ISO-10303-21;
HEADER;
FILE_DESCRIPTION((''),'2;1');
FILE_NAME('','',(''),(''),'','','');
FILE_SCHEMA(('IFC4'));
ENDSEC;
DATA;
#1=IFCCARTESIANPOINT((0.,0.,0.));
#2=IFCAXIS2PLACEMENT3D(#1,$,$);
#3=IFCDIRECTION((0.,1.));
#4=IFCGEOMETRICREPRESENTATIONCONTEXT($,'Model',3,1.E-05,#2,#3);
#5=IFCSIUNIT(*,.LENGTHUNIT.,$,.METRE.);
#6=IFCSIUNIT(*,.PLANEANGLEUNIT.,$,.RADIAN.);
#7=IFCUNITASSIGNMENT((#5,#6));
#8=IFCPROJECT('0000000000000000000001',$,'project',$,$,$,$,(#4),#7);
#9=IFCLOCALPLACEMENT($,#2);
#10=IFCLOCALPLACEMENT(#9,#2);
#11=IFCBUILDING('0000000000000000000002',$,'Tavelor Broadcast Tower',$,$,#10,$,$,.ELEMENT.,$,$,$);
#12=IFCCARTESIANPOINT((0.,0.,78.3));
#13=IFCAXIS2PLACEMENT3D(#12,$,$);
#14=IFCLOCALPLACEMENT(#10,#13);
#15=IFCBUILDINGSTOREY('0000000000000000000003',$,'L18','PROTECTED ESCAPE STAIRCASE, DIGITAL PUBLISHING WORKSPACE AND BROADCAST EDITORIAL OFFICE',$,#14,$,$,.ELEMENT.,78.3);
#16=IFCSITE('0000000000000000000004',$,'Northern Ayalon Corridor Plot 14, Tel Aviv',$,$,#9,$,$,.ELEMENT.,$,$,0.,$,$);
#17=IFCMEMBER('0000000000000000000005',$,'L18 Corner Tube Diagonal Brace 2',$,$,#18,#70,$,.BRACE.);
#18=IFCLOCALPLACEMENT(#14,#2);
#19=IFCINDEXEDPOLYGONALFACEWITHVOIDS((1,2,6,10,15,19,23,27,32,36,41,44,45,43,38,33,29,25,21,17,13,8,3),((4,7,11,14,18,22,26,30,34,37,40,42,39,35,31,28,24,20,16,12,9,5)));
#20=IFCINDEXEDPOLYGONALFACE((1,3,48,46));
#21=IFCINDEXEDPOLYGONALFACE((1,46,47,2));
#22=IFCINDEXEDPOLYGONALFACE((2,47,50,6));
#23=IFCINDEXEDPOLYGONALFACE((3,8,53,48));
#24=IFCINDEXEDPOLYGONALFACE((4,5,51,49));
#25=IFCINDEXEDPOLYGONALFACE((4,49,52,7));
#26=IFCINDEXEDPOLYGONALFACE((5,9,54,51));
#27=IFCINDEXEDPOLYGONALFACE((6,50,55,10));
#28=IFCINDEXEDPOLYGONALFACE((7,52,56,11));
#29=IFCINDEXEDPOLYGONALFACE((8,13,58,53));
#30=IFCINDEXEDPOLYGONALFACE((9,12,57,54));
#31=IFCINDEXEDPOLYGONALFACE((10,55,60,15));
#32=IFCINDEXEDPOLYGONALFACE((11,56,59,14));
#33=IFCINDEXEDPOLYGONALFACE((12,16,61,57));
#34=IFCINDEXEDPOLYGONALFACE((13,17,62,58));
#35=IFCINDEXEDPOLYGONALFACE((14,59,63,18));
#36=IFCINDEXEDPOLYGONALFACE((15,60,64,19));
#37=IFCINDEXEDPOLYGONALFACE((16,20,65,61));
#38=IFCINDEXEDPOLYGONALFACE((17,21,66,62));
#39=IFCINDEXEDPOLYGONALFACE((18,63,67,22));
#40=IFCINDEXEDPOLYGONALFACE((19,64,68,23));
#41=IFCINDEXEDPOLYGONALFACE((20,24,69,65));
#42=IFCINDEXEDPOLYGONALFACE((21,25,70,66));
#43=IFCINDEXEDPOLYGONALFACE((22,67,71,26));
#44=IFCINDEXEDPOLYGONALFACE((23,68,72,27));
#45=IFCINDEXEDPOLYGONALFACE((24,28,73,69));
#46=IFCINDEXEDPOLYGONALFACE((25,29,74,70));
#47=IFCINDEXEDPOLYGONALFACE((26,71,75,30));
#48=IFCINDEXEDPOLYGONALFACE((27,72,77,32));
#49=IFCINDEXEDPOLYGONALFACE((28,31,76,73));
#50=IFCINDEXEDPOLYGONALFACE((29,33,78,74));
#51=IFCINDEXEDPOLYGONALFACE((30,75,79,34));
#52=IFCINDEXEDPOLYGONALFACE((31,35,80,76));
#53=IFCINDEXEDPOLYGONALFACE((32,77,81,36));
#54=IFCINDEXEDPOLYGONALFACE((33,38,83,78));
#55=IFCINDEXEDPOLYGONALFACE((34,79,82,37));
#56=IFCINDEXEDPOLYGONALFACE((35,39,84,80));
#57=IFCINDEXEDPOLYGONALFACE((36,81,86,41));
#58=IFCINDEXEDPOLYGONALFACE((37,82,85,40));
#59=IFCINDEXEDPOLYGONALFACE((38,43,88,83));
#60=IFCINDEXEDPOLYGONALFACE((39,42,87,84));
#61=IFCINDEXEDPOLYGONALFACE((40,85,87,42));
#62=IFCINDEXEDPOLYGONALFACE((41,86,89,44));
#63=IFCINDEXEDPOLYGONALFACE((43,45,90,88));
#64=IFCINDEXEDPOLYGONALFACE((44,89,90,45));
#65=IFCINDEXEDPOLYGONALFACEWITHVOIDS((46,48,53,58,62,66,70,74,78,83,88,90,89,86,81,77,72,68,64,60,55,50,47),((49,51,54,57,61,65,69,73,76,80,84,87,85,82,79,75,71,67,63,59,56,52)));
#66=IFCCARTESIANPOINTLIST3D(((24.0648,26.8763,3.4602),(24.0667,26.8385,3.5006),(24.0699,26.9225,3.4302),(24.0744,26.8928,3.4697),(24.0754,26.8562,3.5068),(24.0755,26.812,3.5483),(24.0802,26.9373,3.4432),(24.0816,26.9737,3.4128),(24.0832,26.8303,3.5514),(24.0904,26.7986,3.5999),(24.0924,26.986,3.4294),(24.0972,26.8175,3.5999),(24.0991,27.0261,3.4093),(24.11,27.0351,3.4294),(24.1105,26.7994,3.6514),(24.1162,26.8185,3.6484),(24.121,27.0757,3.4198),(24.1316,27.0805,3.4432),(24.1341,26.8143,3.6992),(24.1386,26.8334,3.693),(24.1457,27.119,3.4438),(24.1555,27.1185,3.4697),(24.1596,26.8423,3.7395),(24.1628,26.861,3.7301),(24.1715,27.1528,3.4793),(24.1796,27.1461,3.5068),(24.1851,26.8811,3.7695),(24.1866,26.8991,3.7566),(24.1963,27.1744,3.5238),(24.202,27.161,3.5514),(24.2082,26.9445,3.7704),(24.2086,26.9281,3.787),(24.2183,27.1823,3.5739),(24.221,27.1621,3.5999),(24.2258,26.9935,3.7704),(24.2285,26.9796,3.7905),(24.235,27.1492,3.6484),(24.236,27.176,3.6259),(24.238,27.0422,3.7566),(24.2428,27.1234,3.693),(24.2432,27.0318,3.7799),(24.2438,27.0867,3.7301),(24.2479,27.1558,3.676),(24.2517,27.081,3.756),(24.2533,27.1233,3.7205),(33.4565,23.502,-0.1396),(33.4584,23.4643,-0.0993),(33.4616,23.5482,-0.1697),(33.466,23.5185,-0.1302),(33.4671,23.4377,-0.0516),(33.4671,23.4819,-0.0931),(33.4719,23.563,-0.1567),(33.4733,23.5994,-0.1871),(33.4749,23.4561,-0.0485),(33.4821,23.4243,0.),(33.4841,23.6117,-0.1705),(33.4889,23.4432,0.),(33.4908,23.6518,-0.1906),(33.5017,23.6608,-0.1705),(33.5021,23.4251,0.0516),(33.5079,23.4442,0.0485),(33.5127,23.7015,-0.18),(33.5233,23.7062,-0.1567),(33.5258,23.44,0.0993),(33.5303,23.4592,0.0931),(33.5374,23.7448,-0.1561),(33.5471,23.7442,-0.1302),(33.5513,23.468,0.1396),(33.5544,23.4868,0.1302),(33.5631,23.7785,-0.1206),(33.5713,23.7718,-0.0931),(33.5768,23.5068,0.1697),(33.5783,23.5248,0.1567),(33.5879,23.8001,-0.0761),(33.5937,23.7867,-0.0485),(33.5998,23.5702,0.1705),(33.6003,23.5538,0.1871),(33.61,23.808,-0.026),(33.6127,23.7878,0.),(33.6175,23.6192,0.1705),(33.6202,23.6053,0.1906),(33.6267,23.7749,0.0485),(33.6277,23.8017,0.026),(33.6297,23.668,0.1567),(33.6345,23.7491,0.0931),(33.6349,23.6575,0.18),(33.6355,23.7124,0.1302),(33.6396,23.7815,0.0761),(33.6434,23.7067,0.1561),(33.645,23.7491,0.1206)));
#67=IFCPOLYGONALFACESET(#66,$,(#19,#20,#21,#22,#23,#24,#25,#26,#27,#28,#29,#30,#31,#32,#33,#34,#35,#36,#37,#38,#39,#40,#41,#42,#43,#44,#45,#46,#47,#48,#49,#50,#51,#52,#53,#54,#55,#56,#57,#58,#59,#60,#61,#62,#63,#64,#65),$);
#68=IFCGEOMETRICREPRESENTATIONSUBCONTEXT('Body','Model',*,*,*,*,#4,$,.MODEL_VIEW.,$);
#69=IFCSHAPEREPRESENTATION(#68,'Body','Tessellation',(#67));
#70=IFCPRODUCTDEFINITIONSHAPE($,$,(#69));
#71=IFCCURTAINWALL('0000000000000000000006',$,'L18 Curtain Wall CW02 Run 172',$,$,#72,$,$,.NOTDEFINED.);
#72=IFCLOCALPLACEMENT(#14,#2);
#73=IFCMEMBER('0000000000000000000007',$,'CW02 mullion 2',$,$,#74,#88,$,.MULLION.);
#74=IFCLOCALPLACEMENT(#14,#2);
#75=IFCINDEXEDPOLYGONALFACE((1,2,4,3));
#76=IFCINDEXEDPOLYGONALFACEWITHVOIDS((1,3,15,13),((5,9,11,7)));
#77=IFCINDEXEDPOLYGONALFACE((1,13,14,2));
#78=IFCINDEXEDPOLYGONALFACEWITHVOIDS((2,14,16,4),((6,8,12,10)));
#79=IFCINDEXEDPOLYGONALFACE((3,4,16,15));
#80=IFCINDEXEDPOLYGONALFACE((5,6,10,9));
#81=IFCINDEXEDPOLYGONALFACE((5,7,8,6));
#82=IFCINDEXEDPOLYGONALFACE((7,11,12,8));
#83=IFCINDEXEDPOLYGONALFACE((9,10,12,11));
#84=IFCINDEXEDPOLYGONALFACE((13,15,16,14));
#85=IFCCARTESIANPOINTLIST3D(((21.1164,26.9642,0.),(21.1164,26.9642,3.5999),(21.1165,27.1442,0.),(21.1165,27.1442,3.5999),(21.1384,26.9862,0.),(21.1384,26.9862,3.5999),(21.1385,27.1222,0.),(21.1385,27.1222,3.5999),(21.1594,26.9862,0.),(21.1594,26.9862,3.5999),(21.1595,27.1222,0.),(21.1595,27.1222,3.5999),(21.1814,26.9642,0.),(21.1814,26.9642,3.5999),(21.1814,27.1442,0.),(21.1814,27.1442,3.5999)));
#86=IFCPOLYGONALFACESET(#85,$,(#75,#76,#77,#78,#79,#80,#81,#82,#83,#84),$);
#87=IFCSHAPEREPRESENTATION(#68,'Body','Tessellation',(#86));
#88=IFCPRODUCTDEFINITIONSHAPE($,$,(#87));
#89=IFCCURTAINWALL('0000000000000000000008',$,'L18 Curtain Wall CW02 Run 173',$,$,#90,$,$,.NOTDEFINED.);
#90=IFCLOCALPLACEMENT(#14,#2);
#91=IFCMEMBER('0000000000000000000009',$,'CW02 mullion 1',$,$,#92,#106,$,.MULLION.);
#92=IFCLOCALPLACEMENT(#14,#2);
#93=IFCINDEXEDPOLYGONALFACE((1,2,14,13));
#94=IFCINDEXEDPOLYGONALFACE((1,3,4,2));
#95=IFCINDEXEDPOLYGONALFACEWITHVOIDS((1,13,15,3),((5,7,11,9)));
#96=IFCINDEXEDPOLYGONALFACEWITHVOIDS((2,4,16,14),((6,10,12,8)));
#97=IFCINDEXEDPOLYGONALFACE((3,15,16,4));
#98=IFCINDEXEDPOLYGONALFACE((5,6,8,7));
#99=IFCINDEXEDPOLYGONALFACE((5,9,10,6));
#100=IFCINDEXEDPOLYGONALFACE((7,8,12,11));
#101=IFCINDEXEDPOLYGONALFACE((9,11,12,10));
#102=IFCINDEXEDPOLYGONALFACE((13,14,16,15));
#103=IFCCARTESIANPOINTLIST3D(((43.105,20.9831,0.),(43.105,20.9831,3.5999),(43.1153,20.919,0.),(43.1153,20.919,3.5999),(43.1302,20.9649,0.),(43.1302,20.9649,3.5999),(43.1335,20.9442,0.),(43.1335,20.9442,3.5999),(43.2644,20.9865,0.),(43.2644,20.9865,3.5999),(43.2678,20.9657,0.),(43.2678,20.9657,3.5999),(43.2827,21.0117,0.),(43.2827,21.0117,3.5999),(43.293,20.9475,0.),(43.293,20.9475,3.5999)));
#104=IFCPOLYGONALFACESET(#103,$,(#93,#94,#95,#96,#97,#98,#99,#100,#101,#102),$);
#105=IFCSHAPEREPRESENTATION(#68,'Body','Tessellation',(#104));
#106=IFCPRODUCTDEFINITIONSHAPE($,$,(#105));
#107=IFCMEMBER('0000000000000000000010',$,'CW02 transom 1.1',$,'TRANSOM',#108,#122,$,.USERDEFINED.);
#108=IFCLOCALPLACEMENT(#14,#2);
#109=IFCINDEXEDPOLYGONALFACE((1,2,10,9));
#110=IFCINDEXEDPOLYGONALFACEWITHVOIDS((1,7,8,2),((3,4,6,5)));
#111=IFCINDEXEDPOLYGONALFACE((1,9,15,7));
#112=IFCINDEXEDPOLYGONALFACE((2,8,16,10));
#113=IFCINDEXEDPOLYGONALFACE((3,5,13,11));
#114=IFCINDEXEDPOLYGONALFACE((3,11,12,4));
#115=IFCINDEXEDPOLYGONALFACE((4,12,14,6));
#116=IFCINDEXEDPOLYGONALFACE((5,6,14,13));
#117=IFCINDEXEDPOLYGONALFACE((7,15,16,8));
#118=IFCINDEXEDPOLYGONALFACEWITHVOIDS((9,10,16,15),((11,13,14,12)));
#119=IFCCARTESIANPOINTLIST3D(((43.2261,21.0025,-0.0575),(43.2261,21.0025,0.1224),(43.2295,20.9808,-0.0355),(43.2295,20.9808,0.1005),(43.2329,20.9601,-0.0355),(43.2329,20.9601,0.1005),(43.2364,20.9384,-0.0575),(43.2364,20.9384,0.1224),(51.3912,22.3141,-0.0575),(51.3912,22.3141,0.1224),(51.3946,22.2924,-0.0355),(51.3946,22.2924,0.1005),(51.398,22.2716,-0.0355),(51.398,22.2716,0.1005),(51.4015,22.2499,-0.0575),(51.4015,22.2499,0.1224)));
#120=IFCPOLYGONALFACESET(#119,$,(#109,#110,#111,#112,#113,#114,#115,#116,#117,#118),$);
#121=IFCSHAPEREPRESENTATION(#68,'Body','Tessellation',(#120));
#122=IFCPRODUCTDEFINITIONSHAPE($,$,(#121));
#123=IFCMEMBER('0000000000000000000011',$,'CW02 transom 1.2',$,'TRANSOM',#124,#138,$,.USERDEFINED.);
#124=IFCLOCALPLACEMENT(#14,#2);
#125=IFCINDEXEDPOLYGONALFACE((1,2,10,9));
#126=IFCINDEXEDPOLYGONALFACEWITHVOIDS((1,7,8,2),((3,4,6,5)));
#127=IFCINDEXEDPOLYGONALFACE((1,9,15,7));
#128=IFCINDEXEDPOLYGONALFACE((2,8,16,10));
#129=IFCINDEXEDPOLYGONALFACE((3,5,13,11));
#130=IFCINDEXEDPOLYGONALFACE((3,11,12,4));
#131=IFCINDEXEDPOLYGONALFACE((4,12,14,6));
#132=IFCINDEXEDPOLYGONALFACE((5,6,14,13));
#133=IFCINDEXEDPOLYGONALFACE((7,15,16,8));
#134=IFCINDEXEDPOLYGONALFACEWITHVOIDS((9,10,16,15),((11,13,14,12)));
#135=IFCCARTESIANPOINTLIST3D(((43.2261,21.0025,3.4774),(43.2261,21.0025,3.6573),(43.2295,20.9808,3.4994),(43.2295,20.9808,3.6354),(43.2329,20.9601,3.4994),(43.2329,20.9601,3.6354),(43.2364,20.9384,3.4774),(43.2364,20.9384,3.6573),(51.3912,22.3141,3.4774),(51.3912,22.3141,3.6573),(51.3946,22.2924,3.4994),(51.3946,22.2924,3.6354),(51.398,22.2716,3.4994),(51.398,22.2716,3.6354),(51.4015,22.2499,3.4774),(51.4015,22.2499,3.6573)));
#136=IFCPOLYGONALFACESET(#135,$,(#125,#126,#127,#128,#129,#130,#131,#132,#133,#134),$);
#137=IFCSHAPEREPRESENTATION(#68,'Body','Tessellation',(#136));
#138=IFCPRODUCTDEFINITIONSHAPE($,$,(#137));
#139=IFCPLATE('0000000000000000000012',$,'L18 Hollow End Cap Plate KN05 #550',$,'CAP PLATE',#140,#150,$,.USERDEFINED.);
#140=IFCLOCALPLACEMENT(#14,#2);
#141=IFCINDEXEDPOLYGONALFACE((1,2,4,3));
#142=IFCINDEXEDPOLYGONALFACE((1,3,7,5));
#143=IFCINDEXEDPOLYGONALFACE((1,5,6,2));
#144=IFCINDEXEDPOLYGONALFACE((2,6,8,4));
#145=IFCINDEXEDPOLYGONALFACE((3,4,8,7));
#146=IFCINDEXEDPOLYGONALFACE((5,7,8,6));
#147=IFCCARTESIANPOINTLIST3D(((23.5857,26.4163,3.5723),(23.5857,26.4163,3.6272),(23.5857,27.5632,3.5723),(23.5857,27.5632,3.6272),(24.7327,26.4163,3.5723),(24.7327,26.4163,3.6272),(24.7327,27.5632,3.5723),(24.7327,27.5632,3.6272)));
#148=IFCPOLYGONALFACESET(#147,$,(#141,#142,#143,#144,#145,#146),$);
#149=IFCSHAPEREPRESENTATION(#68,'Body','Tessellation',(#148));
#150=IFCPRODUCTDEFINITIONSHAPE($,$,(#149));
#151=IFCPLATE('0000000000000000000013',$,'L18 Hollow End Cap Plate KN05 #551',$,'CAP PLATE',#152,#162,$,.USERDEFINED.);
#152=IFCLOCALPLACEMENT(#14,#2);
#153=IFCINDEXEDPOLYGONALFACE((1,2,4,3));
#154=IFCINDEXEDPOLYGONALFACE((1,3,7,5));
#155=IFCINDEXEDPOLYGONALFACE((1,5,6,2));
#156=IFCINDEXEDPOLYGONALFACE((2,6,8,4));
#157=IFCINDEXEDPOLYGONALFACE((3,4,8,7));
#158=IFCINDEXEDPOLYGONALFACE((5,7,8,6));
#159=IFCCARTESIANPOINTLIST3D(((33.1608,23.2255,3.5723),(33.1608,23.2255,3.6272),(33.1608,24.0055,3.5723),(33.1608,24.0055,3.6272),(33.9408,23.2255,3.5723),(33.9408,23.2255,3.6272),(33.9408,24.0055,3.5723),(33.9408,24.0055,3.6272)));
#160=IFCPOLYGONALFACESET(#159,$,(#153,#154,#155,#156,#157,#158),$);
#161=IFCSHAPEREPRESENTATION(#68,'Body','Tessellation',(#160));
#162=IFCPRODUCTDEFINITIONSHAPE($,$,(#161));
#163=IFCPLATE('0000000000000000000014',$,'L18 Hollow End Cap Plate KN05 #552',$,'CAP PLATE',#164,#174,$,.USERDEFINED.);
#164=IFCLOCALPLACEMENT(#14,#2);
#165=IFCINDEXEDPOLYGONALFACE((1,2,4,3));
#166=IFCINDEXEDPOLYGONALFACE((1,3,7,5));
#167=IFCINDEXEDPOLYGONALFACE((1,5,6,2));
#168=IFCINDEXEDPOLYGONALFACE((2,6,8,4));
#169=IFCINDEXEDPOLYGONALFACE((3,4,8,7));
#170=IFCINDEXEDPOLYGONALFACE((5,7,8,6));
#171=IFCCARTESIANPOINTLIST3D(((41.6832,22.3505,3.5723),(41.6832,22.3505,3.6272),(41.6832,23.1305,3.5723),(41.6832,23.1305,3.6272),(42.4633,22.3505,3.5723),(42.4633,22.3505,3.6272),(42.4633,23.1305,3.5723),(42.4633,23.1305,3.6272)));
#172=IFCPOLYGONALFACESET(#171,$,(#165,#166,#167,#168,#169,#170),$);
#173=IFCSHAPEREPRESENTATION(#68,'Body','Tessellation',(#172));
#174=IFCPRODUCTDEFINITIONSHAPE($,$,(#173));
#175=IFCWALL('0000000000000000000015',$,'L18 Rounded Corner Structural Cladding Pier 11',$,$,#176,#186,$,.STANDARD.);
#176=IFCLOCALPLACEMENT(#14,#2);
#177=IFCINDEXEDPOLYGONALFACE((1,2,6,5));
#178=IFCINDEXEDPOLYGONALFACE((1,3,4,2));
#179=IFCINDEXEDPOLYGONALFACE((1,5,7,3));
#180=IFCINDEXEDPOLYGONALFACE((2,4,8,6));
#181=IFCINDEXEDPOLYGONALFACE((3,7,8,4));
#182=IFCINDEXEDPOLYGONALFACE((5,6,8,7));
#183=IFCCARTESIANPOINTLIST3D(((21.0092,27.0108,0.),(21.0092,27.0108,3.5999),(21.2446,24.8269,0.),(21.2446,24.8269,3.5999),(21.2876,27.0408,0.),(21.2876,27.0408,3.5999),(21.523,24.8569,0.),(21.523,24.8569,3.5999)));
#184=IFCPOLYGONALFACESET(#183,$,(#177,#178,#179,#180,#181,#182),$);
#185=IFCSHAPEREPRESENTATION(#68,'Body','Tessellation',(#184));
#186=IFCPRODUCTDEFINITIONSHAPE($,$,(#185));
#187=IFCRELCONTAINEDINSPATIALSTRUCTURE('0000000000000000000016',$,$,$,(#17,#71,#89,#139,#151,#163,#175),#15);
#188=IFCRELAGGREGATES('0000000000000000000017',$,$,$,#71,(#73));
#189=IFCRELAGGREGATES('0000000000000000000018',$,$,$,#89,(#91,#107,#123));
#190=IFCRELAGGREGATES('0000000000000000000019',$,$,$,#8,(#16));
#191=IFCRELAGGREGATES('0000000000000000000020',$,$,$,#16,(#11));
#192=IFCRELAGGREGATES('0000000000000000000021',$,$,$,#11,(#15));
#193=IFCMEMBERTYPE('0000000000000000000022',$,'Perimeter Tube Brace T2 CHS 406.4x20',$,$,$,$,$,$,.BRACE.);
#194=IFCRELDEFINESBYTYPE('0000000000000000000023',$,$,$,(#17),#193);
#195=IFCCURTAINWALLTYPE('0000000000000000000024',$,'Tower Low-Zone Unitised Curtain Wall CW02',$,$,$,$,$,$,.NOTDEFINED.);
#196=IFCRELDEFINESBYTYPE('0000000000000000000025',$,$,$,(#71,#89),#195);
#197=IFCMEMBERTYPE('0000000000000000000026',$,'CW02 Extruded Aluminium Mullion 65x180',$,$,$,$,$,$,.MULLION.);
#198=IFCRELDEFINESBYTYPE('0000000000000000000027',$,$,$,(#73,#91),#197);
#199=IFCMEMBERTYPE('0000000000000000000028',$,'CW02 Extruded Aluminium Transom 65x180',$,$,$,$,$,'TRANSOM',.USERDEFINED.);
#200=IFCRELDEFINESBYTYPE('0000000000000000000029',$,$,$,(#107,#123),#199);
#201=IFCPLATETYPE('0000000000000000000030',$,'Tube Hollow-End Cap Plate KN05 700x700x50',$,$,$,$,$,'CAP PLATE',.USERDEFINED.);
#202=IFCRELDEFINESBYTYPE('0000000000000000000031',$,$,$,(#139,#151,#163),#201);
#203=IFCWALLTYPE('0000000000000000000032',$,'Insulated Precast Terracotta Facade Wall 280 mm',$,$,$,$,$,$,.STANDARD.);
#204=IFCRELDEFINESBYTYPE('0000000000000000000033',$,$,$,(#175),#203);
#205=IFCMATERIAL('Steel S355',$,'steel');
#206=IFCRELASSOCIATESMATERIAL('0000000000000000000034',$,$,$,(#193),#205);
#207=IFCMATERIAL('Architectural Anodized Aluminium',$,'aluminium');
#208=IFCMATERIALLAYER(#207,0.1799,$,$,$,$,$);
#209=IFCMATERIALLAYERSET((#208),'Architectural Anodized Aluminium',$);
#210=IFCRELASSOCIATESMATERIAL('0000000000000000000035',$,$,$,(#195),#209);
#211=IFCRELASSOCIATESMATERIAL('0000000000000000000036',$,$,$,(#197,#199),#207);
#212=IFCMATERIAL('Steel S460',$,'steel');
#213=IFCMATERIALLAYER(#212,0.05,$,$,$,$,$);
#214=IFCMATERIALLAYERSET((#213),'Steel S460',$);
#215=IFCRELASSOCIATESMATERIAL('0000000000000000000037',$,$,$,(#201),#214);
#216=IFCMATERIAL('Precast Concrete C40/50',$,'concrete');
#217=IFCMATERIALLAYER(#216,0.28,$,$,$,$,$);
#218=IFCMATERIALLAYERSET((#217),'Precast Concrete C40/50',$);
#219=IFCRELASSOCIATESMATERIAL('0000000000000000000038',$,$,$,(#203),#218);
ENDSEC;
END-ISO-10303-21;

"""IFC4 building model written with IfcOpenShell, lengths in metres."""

from ifc_helpers import new_model, si_unit, direction, frame, frame_2d, origin, origin_2d, place, context, subcontext, project, spatial, rectangle, hollow_rectangle, hollow_circle, extrude, source, transform, mapped, material, layer, layer_set, material_profile, profile_set, type_object, type_shapes, element, aggregate, save


model = new_model("IFC4")

# Units and contexts
model_context = context("Model", 3, precision=1e-05, world=origin(), true_north=direction((0.0, 1.0)))
body_context = subcontext(model_context, "Body", "Model", "MODEL_VIEW")
ifc_project = project(units=[si_unit("LENGTHUNIT", "METRE"), si_unit("PLANEANGLEUNIT", "RADIAN")], contexts=[model_context])

# Site, building, storey
site_placement = place(None, origin())
site = spatial("IfcSite", under=ifc_project, at=site_placement, Name="Northern Ayalon Corridor Plot 14, Tel Aviv", CompositionType="ELEMENT", RefElevation=0.0)
building_placement = place(site_placement, origin())
building = spatial("IfcBuilding", under=site, at=building_placement, Name="Tavelor Broadcast Tower", CompositionType="ELEMENT")
storey_placement = place(building_placement, frame((0.0, 0.0, 78.3)))
storey = spatial("IfcBuildingStorey", under=building, at=storey_placement, Name="L18", Description="PROTECTED ESCAPE STAIRCASE, DIGITAL PUBLISHING WORKSPACE AND BROADCAST EDITORIAL OFFICE", CompositionType="ELEMENT", Elevation=78.3)

# Shared definitions
ifc_material_1 = material(Name="Steel S460", Category="steel")

# Shared definitions
ifc_material_2 = material(Name="Steel S355", Category="steel")

# Member
ifc_material_profile_1 = material_profile(ifc_material_2, hollow_circle(Radius=0.2031, WallThickness=0.02, at=origin_2d()), Name="CHS 406.4x20")
ifc_profile_set_1 = profile_set([ifc_material_profile_1], Name="Steel S355")
member_type_1 = type_object("IfcMemberType", Name="Perimeter Tube Brace T2 CHS 406.4x20", PredefinedType="BRACE", material=ifc_profile_set_1)
member_1_placement = place(storey_placement, frame((33.5508, 23.6155, 0.0), z_axis=(-0.885265, 0.318063, 0.339327), x_axis=(-0.338124, -0.941101, 0.0)))
element("IfcMember", 1, at=member_1_placement, inside=storey, type_object=member_type_1, Name="L18 Corner Tube Diagonal Brace 2", PredefinedType="BRACE", context=body_context, shape_type="SweptSolid", body=[
    extrude(hollow_circle(Radius=0.2031, WallThickness=0.02, at=origin_2d()), origin(), (0.0, 0.0, 1.0), 10.6089),
])

# Curtain wall, member
ifc_material_3 = material(Name="Architectural Anodized Aluminium", Category="aluminium")
ifc_layer_1 = layer(ifc_material_3, 0.1799)
ifc_layer_set_1 = layer_set([ifc_layer_1], Name="Architectural Anodized Aluminium")
curtain_wall_type = type_object("IfcCurtainWallType", Name="Tower Low-Zone Unitised Curtain Wall CW02", PredefinedType="NOTDEFINED", material=ifc_layer_set_1)
curtain_wall_1_placement = place(storey_placement, origin())
curtain_wall_1 = element("IfcCurtainWall", 2, at=curtain_wall_1_placement, inside=storey, type_object=curtain_wall_type, Name="L18 Curtain Wall CW02 Run 172", PredefinedType="NOTDEFINED")
ifc_material_profile_2 = material_profile(ifc_material_3, hollow_rectangle(XDim=0.0649, YDim=0.1799, WallThickness=0.022, at=origin_2d()), Name="RHS 65x180x22")
ifc_profile_set_2 = profile_set([ifc_material_profile_2], Name="Architectural Anodized Aluminium")
member_type_2 = type_object("IfcMemberType", Name="CW02 Extruded Aluminium Mullion 65x180", PredefinedType="MULLION", material=ifc_profile_set_2)
shared_shape_1 = source(origin(), body_context, "Body", "SweptSolid", [
    extrude(hollow_rectangle(XDim=0.0649, YDim=0.1799, WallThickness=0.022, at=origin_2d()), origin(), (0.0, 0.0, 1.0), 3.5999),
])
type_shapes(member_type_2, [shared_shape_1])
member_2_placement = place(storey_placement, frame((21.1489, 27.0542, 0.0), z_axis=(0.0, 0.0, 1.0), x_axis=(1.0, -0.000405, 0.0)))
member_2 = element("IfcMember", 3, at=member_2_placement, type_object=member_type_2, Name="CW02 mullion 2", PredefinedType="MULLION", context=body_context, shape_type="MappedRepresentation", body=[
    mapped(shared_shape_1, transform((0.0, 0.0, 0.0), scale=1.0)),
])
aggregate(curtain_wall_1, [member_2])

# Curtain wall, members
curtain_wall_2_placement = place(storey_placement, origin())
curtain_wall_2 = element("IfcCurtainWall", 4, at=curtain_wall_2_placement, inside=storey, type_object=curtain_wall_type, Name="L18 Curtain Wall CW02 Run 173", PredefinedType="NOTDEFINED")
member_3_placement = place(storey_placement, frame((43.199, 20.9653, 0.0), z_axis=(0.0, 0.0, 1.0), x_axis=(-0.158589, 0.987345, 0.0)))
member_3 = element("IfcMember", 5, at=member_3_placement, type_object=member_type_2, Name="CW02 mullion 1", PredefinedType="MULLION", context=body_context, shape_type="MappedRepresentation", body=[
    mapped(shared_shape_1, transform((0.0, 0.0, 0.0), scale=1.0)),
])
ifc_material_profile_3 = material_profile(ifc_material_3, hollow_rectangle(XDim=0.0649, YDim=0.1799, WallThickness=0.022, at=origin_2d()), Name="RHS 65x180x22")
ifc_profile_set_3 = profile_set([ifc_material_profile_3], Name="Architectural Anodized Aluminium")
member_type_3 = type_object("IfcMemberType", Name="CW02 Extruded Aluminium Transom 65x180", ElementType="TRANSOM", PredefinedType="USERDEFINED", material=ifc_profile_set_3)
shared_shape_2 = source(origin(), body_context, "Body", "SweptSolid", [
    extrude(hollow_rectangle(XDim=0.0649, YDim=0.1799, WallThickness=0.022, at=origin_2d()), origin(), (0.0, 0.0, 1.0), 8.2698),
])
type_shapes(member_type_3, [shared_shape_2])
member_4_placement = place(storey_placement, frame((43.2312, 20.9705, 0.0325), z_axis=(0.987344, 0.158594, 0.0), x_axis=(-0.158594, 0.987344, 0.0)))
member_4 = element("IfcMember", 6, at=member_4_placement, type_object=member_type_3, Name="CW02 transom 1.1", ObjectType="TRANSOM", PredefinedType="USERDEFINED", context=body_context, shape_type="MappedRepresentation", body=[
    mapped(shared_shape_2, transform((0.0, 0.0, 0.0), scale=1.0)),
])
member_5_placement = place(storey_placement, frame((43.2312, 20.9705, 3.5674), z_axis=(0.987344, 0.158594, 0.0), x_axis=(-0.158594, 0.987344, 0.0)))
member_5 = element("IfcMember", 7, at=member_5_placement, type_object=member_type_3, Name="CW02 transom 1.2", ObjectType="TRANSOM", PredefinedType="USERDEFINED", context=body_context, shape_type="MappedRepresentation", body=[
    mapped(shared_shape_2, transform((0.0, 0.0, 0.0), scale=1.0)),
])
aggregate(curtain_wall_2, [member_3, member_4, member_5])

# Plates
ifc_layer_2 = layer(ifc_material_1, 0.05)
ifc_layer_set_2 = layer_set([ifc_layer_2], Name="Steel S460")
plate_type = type_object("IfcPlateType", Name="Tube Hollow-End Cap Plate KN05 700x700x50", ElementType="CAP PLATE", PredefinedType="USERDEFINED", material=ifc_layer_set_2)
shared_shape_3 = source(origin(), body_context, "Body", "SweptSolid", [
    extrude(rectangle(XDim=1.147, YDim=1.147, at=origin_2d()), origin(), (0.0, 0.0, 1.0), 0.0549),
])
plate_placement = place(storey_placement, frame((24.1592, 26.9897, 3.5723), z_axis=(0.0, 0.0, 1.0), x_axis=(1.0, 0.0, 0.0)))
element("IfcPlate", 8, at=plate_placement, inside=storey, type_object=plate_type, Name="L18 Hollow End Cap Plate KN05 #550", ObjectType="CAP PLATE", PredefinedType="USERDEFINED", context=body_context, shape_type="MappedRepresentation", body=[
    mapped(shared_shape_3, transform((0.0, 0.0, 0.0), scale=1.0)),
])
shared_shape_4 = source(origin(), body_context, "Body", "SweptSolid", [
    extrude(rectangle(XDim=0.78, YDim=0.78, at=origin_2d()), origin(), (0.0, 0.0, 1.0), 0.0549),
])
type_shapes(plate_type, [shared_shape_3, shared_shape_4])
for number, where, z_axis, x_axis, name in (
    (9, (33.5508, 23.6155, 3.5723), (0.0, 0.0, 1.0), (1.0, 0.0, 0.0), "L18 Hollow End Cap Plate KN05 #551"),
    (10, (42.0732, 22.7405, 3.5723), (0.0, 0.0, 1.0), (1.0, 0.0, 0.0), "L18 Hollow End Cap Plate KN05 #552"),
):
    element("IfcPlate", number, at=place(storey_placement, frame(where, z_axis=z_axis, x_axis=x_axis)), inside=storey, type_object=plate_type, Name=name, ObjectType="CAP PLATE", PredefinedType="USERDEFINED", context=body_context, shape_type="MappedRepresentation", body=[
        mapped(shared_shape_4, transform((0.0, 0.0, 0.0), scale=1.0)),
    ])

# Wall
ifc_material_4 = material(Name="Precast Concrete C40/50", Category="concrete")
ifc_layer_3 = layer(ifc_material_4, 0.28)
ifc_layer_set_3 = layer_set([ifc_layer_3], Name="Precast Concrete C40/50")
wall_type = type_object("IfcWallType", Name="Insulated Precast Terracotta Facade Wall 280 mm", PredefinedType="STANDARD", material=ifc_layer_set_3)
wall_1_placement = place(storey_placement, frame((21.1484, 27.0256, 0.0), z_axis=(0.0, 0.0, 1.0), x_axis=(0.107149, -0.994243, 0.0)))
element("IfcWall", 11, at=wall_1_placement, inside=storey, type_object=wall_type, Name="L18 Rounded Corner Structural Cladding Pier 11", PredefinedType="STANDARD", context=body_context, shape_type="SweptSolid", body=[
    extrude(rectangle(XDim=2.1965, YDim=0.28, at=frame_2d((1.0981, 0.0))), origin(), (0.0, 0.0, 1.0), 3.5999),
])

save(model, "model.ifc")
